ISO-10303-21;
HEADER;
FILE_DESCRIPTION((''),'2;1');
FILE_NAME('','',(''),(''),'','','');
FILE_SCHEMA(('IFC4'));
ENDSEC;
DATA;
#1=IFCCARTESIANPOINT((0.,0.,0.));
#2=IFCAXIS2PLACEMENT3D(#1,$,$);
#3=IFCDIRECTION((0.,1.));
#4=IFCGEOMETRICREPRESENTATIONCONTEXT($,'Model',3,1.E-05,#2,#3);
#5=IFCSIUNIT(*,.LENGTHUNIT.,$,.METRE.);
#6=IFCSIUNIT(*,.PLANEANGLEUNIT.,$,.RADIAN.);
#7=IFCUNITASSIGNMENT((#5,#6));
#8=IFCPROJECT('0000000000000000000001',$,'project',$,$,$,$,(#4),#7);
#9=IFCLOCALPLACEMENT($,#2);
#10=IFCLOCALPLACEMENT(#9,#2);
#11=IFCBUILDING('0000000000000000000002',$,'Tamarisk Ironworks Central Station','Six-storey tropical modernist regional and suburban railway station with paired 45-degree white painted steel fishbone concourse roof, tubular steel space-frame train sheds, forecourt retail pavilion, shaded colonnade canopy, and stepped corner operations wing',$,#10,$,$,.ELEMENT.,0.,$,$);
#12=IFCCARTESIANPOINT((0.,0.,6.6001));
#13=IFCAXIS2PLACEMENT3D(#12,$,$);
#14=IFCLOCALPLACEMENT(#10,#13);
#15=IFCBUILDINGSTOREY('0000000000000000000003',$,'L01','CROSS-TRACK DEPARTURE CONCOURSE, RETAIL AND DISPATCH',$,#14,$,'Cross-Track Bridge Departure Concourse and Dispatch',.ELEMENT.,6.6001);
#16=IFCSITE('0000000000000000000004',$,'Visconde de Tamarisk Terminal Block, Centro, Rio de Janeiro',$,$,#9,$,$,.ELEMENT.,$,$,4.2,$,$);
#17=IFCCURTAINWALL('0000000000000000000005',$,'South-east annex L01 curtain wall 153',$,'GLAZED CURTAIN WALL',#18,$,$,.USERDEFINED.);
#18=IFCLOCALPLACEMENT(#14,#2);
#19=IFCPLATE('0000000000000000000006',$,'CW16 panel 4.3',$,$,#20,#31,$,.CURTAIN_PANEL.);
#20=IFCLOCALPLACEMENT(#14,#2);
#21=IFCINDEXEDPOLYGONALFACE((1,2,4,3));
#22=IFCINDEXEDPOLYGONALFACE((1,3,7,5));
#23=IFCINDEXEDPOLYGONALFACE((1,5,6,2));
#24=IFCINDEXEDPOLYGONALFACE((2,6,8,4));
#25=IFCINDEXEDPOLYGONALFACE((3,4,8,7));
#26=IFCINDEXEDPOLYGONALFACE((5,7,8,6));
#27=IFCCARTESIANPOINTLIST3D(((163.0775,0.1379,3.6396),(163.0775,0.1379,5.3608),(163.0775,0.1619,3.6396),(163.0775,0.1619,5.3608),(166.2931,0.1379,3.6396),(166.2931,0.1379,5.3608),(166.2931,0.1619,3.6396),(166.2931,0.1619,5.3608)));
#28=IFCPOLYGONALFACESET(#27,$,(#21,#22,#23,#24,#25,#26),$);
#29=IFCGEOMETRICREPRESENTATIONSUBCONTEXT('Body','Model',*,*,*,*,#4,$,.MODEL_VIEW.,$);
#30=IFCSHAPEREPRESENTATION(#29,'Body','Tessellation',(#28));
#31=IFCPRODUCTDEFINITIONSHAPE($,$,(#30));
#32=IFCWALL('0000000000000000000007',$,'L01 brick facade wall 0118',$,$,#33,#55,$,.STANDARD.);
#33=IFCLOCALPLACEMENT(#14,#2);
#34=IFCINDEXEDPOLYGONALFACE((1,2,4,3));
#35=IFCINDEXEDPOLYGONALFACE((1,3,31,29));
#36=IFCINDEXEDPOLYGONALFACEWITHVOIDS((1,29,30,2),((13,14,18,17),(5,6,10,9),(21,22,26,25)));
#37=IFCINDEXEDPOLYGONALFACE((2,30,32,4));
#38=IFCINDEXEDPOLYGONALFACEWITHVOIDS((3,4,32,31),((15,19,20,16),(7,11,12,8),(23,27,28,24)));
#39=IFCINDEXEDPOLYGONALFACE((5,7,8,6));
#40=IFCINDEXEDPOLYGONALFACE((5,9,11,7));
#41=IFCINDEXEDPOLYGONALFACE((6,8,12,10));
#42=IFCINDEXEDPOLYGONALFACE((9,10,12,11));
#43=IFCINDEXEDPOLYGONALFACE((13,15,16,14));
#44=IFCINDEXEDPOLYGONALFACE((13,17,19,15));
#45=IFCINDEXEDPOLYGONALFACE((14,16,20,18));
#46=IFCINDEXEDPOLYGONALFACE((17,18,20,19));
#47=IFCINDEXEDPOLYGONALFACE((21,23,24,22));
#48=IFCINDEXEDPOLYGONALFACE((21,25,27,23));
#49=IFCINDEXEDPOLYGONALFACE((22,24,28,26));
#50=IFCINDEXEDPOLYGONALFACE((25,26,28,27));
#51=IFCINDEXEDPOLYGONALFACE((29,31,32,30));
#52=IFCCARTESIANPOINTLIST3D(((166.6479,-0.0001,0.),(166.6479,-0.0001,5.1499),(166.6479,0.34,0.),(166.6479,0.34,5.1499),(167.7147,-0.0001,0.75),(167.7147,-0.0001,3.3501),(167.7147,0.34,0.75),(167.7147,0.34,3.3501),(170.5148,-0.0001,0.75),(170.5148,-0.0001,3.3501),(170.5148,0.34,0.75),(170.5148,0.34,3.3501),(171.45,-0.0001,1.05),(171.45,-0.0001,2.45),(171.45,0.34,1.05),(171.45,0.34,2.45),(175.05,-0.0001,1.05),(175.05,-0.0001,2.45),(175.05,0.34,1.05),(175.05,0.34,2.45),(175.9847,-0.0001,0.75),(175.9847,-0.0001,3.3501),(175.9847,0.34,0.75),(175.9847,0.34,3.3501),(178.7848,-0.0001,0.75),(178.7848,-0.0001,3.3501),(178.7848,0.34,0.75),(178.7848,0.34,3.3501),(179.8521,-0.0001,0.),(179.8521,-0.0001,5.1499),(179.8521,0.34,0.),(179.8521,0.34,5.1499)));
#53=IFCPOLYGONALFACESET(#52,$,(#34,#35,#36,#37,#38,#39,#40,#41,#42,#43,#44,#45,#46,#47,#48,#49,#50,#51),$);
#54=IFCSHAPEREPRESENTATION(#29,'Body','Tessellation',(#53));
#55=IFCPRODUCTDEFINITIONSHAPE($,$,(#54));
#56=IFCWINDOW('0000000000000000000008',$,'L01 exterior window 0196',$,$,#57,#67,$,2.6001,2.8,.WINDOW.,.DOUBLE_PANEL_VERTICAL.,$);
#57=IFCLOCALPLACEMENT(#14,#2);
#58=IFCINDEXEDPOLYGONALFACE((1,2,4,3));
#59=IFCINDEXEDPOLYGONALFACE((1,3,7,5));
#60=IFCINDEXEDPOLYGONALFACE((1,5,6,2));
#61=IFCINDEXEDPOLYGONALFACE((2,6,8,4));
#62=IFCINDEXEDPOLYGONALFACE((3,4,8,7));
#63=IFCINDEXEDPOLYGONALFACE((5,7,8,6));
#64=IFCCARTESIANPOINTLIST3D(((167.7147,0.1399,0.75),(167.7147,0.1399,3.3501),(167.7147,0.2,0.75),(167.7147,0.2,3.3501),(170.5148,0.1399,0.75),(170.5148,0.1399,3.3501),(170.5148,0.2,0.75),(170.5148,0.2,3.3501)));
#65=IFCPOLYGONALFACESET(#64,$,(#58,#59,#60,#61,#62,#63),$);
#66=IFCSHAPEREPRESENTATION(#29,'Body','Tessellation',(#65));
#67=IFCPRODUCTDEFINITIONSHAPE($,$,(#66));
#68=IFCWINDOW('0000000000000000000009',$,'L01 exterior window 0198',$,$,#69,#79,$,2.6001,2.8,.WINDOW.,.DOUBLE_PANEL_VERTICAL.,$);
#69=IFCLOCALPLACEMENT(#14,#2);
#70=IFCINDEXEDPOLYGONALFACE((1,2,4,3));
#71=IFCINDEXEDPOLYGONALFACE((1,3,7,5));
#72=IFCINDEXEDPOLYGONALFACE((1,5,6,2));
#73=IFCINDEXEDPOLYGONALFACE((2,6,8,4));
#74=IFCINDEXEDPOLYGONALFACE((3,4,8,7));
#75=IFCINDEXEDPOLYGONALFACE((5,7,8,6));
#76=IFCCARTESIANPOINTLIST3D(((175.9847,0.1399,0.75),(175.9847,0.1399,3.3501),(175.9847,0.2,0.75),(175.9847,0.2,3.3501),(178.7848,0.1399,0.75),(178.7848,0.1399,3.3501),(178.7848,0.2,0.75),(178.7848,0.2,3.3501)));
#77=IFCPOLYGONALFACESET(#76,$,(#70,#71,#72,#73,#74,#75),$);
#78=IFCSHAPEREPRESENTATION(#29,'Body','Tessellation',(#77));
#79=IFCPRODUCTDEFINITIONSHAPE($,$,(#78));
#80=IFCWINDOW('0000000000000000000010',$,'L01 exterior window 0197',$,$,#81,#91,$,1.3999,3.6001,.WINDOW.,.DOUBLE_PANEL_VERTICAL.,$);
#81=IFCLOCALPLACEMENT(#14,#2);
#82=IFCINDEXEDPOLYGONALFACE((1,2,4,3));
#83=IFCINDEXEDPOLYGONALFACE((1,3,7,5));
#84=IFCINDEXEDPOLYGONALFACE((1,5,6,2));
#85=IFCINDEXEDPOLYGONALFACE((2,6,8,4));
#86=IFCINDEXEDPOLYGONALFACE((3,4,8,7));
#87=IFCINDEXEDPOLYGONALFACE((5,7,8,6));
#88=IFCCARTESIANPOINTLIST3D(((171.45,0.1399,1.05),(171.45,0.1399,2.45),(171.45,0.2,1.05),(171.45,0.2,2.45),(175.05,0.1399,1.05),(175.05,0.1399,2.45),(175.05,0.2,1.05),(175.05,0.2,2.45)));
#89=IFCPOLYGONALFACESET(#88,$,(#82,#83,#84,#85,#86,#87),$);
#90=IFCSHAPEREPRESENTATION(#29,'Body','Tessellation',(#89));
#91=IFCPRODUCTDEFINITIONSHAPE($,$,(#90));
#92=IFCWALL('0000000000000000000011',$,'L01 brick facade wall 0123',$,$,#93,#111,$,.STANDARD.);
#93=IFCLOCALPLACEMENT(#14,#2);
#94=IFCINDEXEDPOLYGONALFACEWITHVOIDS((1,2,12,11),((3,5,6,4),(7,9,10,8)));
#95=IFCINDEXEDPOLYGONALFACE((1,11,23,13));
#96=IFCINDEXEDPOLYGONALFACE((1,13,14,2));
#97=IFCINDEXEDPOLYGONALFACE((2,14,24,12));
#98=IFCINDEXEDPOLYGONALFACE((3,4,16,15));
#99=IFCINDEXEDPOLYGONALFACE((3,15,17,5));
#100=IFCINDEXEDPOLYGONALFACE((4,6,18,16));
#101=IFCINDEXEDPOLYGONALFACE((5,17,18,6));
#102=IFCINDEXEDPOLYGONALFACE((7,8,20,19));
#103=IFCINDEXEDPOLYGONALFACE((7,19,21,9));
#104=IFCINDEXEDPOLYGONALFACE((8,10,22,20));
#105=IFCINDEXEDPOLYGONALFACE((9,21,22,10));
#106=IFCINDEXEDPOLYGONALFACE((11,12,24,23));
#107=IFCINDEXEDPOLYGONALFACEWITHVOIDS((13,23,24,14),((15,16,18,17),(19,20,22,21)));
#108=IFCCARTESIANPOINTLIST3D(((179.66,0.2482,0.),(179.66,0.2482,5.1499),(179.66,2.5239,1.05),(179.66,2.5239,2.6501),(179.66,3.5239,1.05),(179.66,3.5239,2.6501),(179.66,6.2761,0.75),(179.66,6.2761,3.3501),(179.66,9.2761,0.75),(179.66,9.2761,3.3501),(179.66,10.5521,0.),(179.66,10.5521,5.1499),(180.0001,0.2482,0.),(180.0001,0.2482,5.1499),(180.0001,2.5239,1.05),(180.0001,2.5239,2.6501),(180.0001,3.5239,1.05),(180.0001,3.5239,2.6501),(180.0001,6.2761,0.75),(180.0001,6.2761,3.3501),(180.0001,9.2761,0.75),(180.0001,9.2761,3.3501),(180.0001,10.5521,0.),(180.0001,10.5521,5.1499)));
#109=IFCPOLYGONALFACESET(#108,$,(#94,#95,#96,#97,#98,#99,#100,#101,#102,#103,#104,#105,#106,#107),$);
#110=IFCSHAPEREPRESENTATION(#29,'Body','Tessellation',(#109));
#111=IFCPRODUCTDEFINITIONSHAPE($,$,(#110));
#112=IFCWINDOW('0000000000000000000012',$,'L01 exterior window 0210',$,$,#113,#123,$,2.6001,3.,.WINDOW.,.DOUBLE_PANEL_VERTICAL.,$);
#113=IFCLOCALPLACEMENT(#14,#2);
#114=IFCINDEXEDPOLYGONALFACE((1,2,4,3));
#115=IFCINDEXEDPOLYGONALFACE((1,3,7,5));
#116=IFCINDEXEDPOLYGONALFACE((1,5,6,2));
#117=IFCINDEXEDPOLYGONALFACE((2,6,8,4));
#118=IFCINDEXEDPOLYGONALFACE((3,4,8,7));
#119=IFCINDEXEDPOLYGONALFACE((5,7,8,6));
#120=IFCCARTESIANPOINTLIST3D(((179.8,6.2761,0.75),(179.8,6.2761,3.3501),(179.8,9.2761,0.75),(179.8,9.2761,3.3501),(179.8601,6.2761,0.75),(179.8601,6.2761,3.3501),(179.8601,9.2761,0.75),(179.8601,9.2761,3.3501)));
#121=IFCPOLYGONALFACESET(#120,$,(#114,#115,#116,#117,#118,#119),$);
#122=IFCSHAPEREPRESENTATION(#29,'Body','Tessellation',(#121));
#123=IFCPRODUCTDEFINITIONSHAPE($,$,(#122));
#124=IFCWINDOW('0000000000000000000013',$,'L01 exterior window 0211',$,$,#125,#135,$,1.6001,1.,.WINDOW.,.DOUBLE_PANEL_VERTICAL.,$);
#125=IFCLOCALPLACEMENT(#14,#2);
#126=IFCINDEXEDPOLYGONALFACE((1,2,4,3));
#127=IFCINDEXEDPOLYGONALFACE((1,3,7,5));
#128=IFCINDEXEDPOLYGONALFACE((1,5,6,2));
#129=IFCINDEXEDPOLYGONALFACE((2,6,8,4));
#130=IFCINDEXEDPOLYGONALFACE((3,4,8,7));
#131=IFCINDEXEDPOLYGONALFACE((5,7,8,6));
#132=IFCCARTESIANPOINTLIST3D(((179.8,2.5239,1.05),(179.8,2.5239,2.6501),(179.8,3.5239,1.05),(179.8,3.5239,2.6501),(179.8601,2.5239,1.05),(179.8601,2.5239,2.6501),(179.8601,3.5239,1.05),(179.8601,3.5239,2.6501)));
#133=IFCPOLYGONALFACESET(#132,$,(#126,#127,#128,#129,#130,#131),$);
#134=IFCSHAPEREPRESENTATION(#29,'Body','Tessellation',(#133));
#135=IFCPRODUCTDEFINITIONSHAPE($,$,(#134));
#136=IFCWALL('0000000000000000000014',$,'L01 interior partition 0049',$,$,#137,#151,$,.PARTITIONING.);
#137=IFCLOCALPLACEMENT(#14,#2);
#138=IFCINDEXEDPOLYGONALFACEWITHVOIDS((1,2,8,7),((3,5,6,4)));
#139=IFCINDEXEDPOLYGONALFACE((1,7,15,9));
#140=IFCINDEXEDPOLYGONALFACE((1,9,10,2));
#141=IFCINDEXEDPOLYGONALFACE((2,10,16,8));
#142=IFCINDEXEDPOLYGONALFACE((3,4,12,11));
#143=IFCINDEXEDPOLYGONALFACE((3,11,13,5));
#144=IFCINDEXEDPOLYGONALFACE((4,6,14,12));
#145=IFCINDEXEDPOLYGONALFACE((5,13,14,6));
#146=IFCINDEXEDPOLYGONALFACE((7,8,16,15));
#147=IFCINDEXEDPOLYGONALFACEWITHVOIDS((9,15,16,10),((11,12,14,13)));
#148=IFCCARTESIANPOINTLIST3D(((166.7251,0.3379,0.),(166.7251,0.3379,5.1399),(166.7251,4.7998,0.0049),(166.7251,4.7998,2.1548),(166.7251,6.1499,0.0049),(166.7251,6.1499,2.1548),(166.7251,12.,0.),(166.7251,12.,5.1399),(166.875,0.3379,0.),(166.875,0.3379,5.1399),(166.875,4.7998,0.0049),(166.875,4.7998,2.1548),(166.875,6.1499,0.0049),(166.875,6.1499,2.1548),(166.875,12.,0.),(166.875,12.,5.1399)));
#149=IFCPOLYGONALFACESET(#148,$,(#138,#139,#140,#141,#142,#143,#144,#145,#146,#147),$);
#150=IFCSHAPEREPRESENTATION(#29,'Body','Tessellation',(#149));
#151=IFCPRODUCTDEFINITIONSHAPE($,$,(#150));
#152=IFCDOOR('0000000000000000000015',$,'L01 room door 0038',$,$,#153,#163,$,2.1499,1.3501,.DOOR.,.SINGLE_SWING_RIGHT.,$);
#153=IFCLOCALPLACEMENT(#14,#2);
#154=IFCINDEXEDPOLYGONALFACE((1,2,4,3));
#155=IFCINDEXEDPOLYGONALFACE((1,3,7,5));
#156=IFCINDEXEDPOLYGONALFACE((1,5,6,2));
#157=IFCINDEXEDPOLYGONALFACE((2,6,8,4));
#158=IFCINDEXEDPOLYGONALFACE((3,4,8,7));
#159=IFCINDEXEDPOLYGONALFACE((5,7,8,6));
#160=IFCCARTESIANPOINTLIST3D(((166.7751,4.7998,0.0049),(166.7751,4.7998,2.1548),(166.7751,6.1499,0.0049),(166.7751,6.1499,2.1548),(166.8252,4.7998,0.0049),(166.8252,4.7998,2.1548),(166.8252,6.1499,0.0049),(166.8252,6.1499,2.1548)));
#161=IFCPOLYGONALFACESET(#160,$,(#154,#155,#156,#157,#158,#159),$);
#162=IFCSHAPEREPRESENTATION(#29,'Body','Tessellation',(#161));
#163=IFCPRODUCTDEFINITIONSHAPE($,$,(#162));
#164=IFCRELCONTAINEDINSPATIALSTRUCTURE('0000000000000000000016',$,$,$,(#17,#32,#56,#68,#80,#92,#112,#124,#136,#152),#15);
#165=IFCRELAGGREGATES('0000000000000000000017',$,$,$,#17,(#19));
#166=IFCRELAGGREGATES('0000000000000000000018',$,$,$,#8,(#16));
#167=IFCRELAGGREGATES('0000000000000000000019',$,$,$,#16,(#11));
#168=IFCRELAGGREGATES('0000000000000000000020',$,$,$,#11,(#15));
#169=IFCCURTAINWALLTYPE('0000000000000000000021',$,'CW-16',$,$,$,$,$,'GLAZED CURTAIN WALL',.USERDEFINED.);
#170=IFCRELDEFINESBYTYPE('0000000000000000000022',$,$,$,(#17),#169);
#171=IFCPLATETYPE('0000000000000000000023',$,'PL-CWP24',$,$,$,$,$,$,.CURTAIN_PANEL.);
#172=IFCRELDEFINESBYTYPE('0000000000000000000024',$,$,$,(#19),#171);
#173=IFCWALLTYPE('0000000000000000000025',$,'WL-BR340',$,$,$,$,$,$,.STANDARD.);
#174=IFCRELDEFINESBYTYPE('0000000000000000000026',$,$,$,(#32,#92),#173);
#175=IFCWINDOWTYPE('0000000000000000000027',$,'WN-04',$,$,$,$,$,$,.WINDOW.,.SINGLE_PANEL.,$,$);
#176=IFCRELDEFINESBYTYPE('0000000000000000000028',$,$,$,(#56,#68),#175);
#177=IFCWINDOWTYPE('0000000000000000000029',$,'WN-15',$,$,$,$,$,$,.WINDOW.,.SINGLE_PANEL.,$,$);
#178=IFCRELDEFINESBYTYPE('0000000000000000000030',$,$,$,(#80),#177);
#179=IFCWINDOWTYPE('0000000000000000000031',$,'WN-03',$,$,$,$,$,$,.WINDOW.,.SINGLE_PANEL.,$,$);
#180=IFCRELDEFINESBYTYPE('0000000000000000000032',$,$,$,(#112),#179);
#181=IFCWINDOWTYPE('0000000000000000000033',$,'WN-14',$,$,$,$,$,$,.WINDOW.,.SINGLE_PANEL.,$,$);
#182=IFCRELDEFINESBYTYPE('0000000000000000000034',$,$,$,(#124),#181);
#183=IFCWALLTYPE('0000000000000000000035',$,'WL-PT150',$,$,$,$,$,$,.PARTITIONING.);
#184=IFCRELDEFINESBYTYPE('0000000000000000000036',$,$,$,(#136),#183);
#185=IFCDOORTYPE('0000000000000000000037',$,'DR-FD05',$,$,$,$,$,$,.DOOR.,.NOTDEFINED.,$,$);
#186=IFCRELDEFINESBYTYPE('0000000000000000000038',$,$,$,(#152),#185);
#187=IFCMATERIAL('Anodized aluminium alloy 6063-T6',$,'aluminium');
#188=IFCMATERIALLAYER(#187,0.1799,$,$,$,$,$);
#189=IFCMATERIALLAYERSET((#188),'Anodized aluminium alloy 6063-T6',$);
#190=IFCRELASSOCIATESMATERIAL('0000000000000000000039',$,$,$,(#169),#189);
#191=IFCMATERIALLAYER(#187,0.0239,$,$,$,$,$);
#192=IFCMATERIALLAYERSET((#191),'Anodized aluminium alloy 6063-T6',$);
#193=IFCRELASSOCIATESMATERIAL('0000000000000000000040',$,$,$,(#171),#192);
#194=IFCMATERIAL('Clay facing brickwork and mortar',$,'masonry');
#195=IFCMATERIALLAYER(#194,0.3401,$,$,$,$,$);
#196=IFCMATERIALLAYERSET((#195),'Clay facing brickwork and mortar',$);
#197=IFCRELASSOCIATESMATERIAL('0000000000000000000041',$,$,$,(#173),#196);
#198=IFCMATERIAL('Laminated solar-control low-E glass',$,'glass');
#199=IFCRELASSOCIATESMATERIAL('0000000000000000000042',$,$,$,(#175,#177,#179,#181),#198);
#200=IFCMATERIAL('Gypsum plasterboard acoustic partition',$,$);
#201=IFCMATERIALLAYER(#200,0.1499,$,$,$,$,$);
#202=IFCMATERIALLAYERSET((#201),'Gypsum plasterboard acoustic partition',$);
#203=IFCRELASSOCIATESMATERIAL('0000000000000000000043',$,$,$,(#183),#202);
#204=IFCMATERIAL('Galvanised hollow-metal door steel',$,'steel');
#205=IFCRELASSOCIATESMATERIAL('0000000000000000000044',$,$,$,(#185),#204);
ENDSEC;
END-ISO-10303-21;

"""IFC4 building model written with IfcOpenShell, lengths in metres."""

from ifc_helpers import new_model, si_unit, direction, frame, frame_2d, origin, origin_2d, place, context, subcontext, project, spatial, rectangle, extrude, material, layer, layer_set, type_object, element, fill, aggregate, save


model = new_model("IFC4")

# Units and contexts
model_context = context("Model", 3, precision=1e-05, world=origin(), true_north=direction((0.0, 1.0)))
body_context = subcontext(model_context, "Body", "Model", "MODEL_VIEW")
ifc_project = project(units=[si_unit("LENGTHUNIT", "METRE"), si_unit("PLANEANGLEUNIT", "RADIAN")], contexts=[model_context])

# Site, building, storey
site_placement = place(None, origin())
site = spatial("IfcSite", under=ifc_project, at=site_placement, Name="Visconde de Tamarisk Terminal Block, Centro, Rio de Janeiro", CompositionType="ELEMENT", RefElevation=4.2)
building_placement = place(site_placement, origin())
building = spatial("IfcBuilding", under=site, at=building_placement, Name="Tamarisk Ironworks Central Station", Description="Six-storey tropical modernist regional and suburban railway station with paired 45-degree white painted steel fishbone concourse roof, tubular steel space-frame train sheds, forecourt retail pavilion, shaded colonnade canopy, and stepped corner operations wing", CompositionType="ELEMENT", ElevationOfRefHeight=0.0)
storey_placement = place(building_placement, frame((0.0, 0.0, 6.6001)))
storey = spatial("IfcBuildingStorey", under=building, at=storey_placement, Name="L01", Description="CROSS-TRACK DEPARTURE CONCOURSE, RETAIL AND DISPATCH", LongName="Cross-Track Bridge Departure Concourse and Dispatch", CompositionType="ELEMENT", Elevation=6.6001)

# Curtain wall, plate
ifc_material_1 = material(Name="Anodized aluminium alloy 6063-T6", Category="aluminium")
ifc_layer_1 = layer(ifc_material_1, 0.1799)
ifc_layer_set_1 = layer_set([ifc_layer_1], Name="Anodized aluminium alloy 6063-T6")
curtain_wall_type = type_object("IfcCurtainWallType", Name="CW-16", ElementType="GLAZED CURTAIN WALL", PredefinedType="USERDEFINED", material=ifc_layer_set_1)
curtain_wall_placement = place(storey_placement, origin())
curtain_wall = element("IfcCurtainWall", 1, at=curtain_wall_placement, inside=storey, type_object=curtain_wall_type, Name="South-east annex L01 curtain wall 153", ObjectType="GLAZED CURTAIN WALL", PredefinedType="USERDEFINED")
ifc_layer_2 = layer(ifc_material_1, 0.0239)
ifc_layer_set_2 = layer_set([ifc_layer_2], Name="Anodized aluminium alloy 6063-T6")
plate_type = type_object("IfcPlateType", Name="PL-CWP24", PredefinedType="CURTAIN_PANEL", material=ifc_layer_set_2)
plate_1_placement = place(storey_placement, frame((164.6853, 0.1499, 3.6396), z_axis=(0.0, 0.0, 1.0), x_axis=(1.0, 0.0, 0.0)))
plate_1 = element("IfcPlate", 2, at=plate_1_placement, type_object=plate_type, Name="CW16 panel 4.3", PredefinedType="CURTAIN_PANEL", context=body_context, shape_type="SweptSolid", body=[
    extrude(rectangle(XDim=3.2156, YDim=0.0239, at=origin_2d()), origin(), (0.0, 0.0, 1.0), 1.7212),
])
aggregate(curtain_wall, [plate_1])

# Walls, openings, windows
ifc_material_2 = material(Name="Clay facing brickwork and mortar", Category="masonry")
ifc_layer_3 = layer(ifc_material_2, 0.3401)
ifc_layer_set_3 = layer_set([ifc_layer_3], Name="Clay facing brickwork and mortar")
wall_type_1 = type_object("IfcWallType", Name="WL-BR340", PredefinedType="STANDARD", material=ifc_layer_set_3)
wall_1_placement = place(storey_placement, frame((166.6479, 0.1699, 0.0), z_axis=(0.0, 0.0, 1.0), x_axis=(1.0, 0.0, 0.0)))
wall_1 = element("IfcWall", 3, at=wall_1_placement, inside=storey, type_object=wall_type_1, Name="L01 brick facade wall 0118", PredefinedType="STANDARD", context=body_context, shape_type="SweptSolid", body=[
    extrude(rectangle(XDim=13.2041, YDim=0.3401, at=frame_2d((6.6021, 0.0))), origin(), (0.0, 0.0, 1.0), 5.1499),
])
opening_1_placement = place(wall_1_placement, frame((1.0669, 0.0, 0.75)))
opening_1 = element("IfcOpeningElement", 4, at=opening_1_placement, cuts=wall_1, PredefinedType="OPENING", context=body_context, shape_type="SweptSolid", body=[
    extrude(rectangle(XDim=2.8, YDim=2.6001, at=frame_2d((1.3999, 1.3))), frame((0.0, 0.1821, 0.0), z_axis=(0.0, -1.0, 0.0), x_axis=(1.0, 0.0, 0.0)), (0.0, 0.0, 1.0), 0.364),
])
opening_2_placement = place(wall_1_placement, frame((4.802, 0.0, 1.05)))
opening_2 = element("IfcOpeningElement", 5, at=opening_2_placement, cuts=wall_1, PredefinedType="OPENING", context=body_context, shape_type="SweptSolid", body=[
    extrude(rectangle(XDim=3.6001, YDim=1.3999, at=frame_2d((1.8, 0.7))), frame((0.0, 0.1821, 0.0), z_axis=(0.0, -1.0, 0.0), x_axis=(1.0, 0.0, 0.0)), (0.0, 0.0, 1.0), 0.364),
])
opening_3_placement = place(wall_1_placement, frame((9.3369, 0.0, 0.75)))
opening_3 = element("IfcOpeningElement", 6, at=opening_3_placement, cuts=wall_1, PredefinedType="OPENING", context=body_context, shape_type="SweptSolid", body=[
    extrude(rectangle(XDim=2.8, YDim=2.6001, at=frame_2d((1.3999, 1.3))), frame((0.0, 0.1821, 0.0), z_axis=(0.0, -1.0, 0.0), x_axis=(1.0, 0.0, 0.0)), (0.0, 0.0, 1.0), 0.364),
])
ifc_material_3 = material(Name="Laminated solar-control low-E glass", Category="glass")
window_type_1 = type_object("IfcWindowType", Name="WN-04", PartitioningType="SINGLE_PANEL", PredefinedType="WINDOW", material=ifc_material_3)
window_1_placement = place(opening_1_placement, origin())
window_1 = element("IfcWindow", 7, at=window_1_placement, inside=storey, type_object=window_type_1, Name="L01 exterior window 0196", OverallHeight=2.6001, OverallWidth=2.8, PartitioningType="DOUBLE_PANEL_VERTICAL", PredefinedType="WINDOW", context=body_context, shape_type="SweptSolid", body=[
    extrude(rectangle(XDim=2.8, YDim=2.6001, at=frame_2d((1.3999, 1.3))), frame((0.0, 0.03, 0.0), z_axis=(0.0, -1.0, 0.0), x_axis=(1.0, 0.0, 0.0)), (0.0, 0.0, 1.0), 0.0601),
])
fill(opening_1, window_1)
window_2_placement = place(opening_3_placement, origin())
window_2 = element("IfcWindow", 8, at=window_2_placement, inside=storey, type_object=window_type_1, Name="L01 exterior window 0198", OverallHeight=2.6001, OverallWidth=2.8, PartitioningType="DOUBLE_PANEL_VERTICAL", PredefinedType="WINDOW", context=body_context, shape_type="SweptSolid", body=[
    extrude(rectangle(XDim=2.8, YDim=2.6001, at=frame_2d((1.3999, 1.3))), frame((0.0, 0.03, 0.0), z_axis=(0.0, -1.0, 0.0), x_axis=(1.0, 0.0, 0.0)), (0.0, 0.0, 1.0), 0.0601),
])
fill(opening_3, window_2)
window_type_2 = type_object("IfcWindowType", Name="WN-15", PartitioningType="SINGLE_PANEL", PredefinedType="WINDOW", material=ifc_material_3)
window_3_placement = place(opening_2_placement, origin())
window_3 = element("IfcWindow", 9, at=window_3_placement, inside=storey, type_object=window_type_2, Name="L01 exterior window 0197", OverallHeight=1.3999, OverallWidth=3.6001, PartitioningType="DOUBLE_PANEL_VERTICAL", PredefinedType="WINDOW", context=body_context, shape_type="SweptSolid", body=[
    extrude(rectangle(XDim=3.6001, YDim=1.3999, at=frame_2d((1.8, 0.7))), frame((0.0, 0.03, 0.0), z_axis=(0.0, -1.0, 0.0), x_axis=(1.0, 0.0, 0.0)), (0.0, 0.0, 1.0), 0.0601),
])
fill(opening_2, window_3)
wall_2_placement = place(storey_placement, frame((179.8301, 10.552, 0.0), z_axis=(0.0, 0.0, 1.0), x_axis=(0.0, -1.0, 0.0)))
wall_2 = element("IfcWall", 10, at=wall_2_placement, inside=storey, type_object=wall_type_1, Name="L01 brick facade wall 0123", PredefinedType="STANDARD", context=body_context, shape_type="SweptSolid", body=[
    extrude(rectangle(XDim=10.304, YDim=0.3401, at=frame_2d((5.1519, 0.0))), origin(), (0.0, 0.0, 1.0), 5.1499),
])
opening_4_placement = place(wall_2_placement, frame((1.2759, 0.0, 0.75)))
opening_4 = element("IfcOpeningElement", 11, at=opening_4_placement, cuts=wall_2, PredefinedType="OPENING", context=body_context, shape_type="SweptSolid", body=[
    extrude(rectangle(XDim=3.0, YDim=2.6001, at=frame_2d((1.5, 1.3))), frame((0.0, 0.1821, 0.0), z_axis=(0.0, -1.0, 0.0), x_axis=(1.0, 0.0, 0.0)), (0.0, 0.0, 1.0), 0.364),
])
opening_5_placement = place(wall_2_placement, frame((7.0281, 0.0, 1.05)))
opening_5 = element("IfcOpeningElement", 12, at=opening_5_placement, cuts=wall_2, PredefinedType="OPENING", context=body_context, shape_type="SweptSolid", body=[
    extrude(rectangle(XDim=1.0, YDim=1.6001, at=frame_2d((0.5, 0.8))), frame((0.0, 0.1821, 0.0), z_axis=(0.0, -1.0, 0.0), x_axis=(1.0, 0.0, 0.0)), (0.0, 0.0, 1.0), 0.364),
])
window_type_3 = type_object("IfcWindowType", Name="WN-03", PartitioningType="SINGLE_PANEL", PredefinedType="WINDOW", material=ifc_material_3)
window_4_placement = place(opening_4_placement, origin())
window_4 = element("IfcWindow", 13, at=window_4_placement, inside=storey, type_object=window_type_3, Name="L01 exterior window 0210", OverallHeight=2.6001, OverallWidth=3.0, PartitioningType="DOUBLE_PANEL_VERTICAL", PredefinedType="WINDOW", context=body_context, shape_type="SweptSolid", body=[
    extrude(rectangle(XDim=3.0, YDim=2.6001, at=frame_2d((1.5, 1.3))), frame((0.0, 0.03, 0.0), z_axis=(0.0, -1.0, 0.0), x_axis=(1.0, 0.0, 0.0)), (0.0, 0.0, 1.0), 0.0601),
])
fill(opening_4, window_4)
window_type_4 = type_object("IfcWindowType", Name="WN-14", PartitioningType="SINGLE_PANEL", PredefinedType="WINDOW", material=ifc_material_3)
window_5_placement = place(opening_5_placement, origin())
window_5 = element("IfcWindow", 14, at=window_5_placement, inside=storey, type_object=window_type_4, Name="L01 exterior window 0211", OverallHeight=1.6001, OverallWidth=1.0, PartitioningType="DOUBLE_PANEL_VERTICAL", PredefinedType="WINDOW", context=body_context, shape_type="SweptSolid", body=[
    extrude(rectangle(XDim=1.0, YDim=1.6001, at=frame_2d((0.5, 0.8))), frame((0.0, 0.03, 0.0), z_axis=(0.0, -1.0, 0.0), x_axis=(1.0, 0.0, 0.0)), (0.0, 0.0, 1.0), 0.0601),
])
fill(opening_5, window_5)

# Wall, opening, door
ifc_material_4 = material(Name="Gypsum plasterboard acoustic partition")
ifc_layer_4 = layer(ifc_material_4, 0.1499)
ifc_layer_set_4 = layer_set([ifc_layer_4], Name="Gypsum plasterboard acoustic partition")
wall_type_2 = type_object("IfcWallType", Name="WL-PT150", PredefinedType="PARTITIONING", material=ifc_layer_set_4)
wall_3_placement = place(storey_placement, frame((166.8, 0.3379, 0.0), z_axis=(0.0, 0.0, 1.0), x_axis=(0.0, 1.0, 0.0)))
wall_3 = element("IfcWall", 15, at=wall_3_placement, inside=storey, type_object=wall_type_2, Name="L01 interior partition 0049", PredefinedType="PARTITIONING", context=body_context, shape_type="SweptSolid", body=[
    extrude(rectangle(XDim=11.6621, YDim=0.1499, at=frame_2d((5.8311, 0.0))), origin(), (0.0, 0.0, 1.0), 5.1399),
])
opening_6_placement = place(wall_3_placement, frame((4.4619, 0.0, 0.0049)))
opening_6 = element("IfcOpeningElement", 16, at=opening_6_placement, cuts=wall_3, PredefinedType="OPENING", context=body_context, shape_type="SweptSolid", body=[
    extrude(rectangle(XDim=1.3501, YDim=2.1499, at=frame_2d((0.675, 1.075))), frame((0.0, 0.0869, 0.0), z_axis=(0.0, -1.0, 0.0), x_axis=(1.0, 0.0, 0.0)), (0.0, 0.0, 1.0), 0.1738),
])
ifc_material_5 = material(Name="Galvanised hollow-metal door steel", Category="steel")
door_type = type_object("IfcDoorType", Name="DR-FD05", OperationType="NOTDEFINED", PredefinedType="DOOR", material=ifc_material_5)
door_placement = place(opening_6_placement, origin())
door = element("IfcDoor", 17, at=door_placement, inside=storey, type_object=door_type, Name="L01 room door 0038", OperationType="SINGLE_SWING_RIGHT", OverallHeight=2.1499, OverallWidth=1.3501, PredefinedType="DOOR", context=body_context, shape_type="SweptSolid", body=[
    extrude(rectangle(XDim=1.3501, YDim=2.1499, at=frame_2d((0.675, 1.075))), frame((0.0, 0.0249, 0.0), z_axis=(0.0, -1.0, 0.0), x_axis=(1.0, 0.0, 0.0)), (0.0, 0.0, 1.0), 0.05),
])
fill(opening_6, door)

save(model, "model.ifc")
